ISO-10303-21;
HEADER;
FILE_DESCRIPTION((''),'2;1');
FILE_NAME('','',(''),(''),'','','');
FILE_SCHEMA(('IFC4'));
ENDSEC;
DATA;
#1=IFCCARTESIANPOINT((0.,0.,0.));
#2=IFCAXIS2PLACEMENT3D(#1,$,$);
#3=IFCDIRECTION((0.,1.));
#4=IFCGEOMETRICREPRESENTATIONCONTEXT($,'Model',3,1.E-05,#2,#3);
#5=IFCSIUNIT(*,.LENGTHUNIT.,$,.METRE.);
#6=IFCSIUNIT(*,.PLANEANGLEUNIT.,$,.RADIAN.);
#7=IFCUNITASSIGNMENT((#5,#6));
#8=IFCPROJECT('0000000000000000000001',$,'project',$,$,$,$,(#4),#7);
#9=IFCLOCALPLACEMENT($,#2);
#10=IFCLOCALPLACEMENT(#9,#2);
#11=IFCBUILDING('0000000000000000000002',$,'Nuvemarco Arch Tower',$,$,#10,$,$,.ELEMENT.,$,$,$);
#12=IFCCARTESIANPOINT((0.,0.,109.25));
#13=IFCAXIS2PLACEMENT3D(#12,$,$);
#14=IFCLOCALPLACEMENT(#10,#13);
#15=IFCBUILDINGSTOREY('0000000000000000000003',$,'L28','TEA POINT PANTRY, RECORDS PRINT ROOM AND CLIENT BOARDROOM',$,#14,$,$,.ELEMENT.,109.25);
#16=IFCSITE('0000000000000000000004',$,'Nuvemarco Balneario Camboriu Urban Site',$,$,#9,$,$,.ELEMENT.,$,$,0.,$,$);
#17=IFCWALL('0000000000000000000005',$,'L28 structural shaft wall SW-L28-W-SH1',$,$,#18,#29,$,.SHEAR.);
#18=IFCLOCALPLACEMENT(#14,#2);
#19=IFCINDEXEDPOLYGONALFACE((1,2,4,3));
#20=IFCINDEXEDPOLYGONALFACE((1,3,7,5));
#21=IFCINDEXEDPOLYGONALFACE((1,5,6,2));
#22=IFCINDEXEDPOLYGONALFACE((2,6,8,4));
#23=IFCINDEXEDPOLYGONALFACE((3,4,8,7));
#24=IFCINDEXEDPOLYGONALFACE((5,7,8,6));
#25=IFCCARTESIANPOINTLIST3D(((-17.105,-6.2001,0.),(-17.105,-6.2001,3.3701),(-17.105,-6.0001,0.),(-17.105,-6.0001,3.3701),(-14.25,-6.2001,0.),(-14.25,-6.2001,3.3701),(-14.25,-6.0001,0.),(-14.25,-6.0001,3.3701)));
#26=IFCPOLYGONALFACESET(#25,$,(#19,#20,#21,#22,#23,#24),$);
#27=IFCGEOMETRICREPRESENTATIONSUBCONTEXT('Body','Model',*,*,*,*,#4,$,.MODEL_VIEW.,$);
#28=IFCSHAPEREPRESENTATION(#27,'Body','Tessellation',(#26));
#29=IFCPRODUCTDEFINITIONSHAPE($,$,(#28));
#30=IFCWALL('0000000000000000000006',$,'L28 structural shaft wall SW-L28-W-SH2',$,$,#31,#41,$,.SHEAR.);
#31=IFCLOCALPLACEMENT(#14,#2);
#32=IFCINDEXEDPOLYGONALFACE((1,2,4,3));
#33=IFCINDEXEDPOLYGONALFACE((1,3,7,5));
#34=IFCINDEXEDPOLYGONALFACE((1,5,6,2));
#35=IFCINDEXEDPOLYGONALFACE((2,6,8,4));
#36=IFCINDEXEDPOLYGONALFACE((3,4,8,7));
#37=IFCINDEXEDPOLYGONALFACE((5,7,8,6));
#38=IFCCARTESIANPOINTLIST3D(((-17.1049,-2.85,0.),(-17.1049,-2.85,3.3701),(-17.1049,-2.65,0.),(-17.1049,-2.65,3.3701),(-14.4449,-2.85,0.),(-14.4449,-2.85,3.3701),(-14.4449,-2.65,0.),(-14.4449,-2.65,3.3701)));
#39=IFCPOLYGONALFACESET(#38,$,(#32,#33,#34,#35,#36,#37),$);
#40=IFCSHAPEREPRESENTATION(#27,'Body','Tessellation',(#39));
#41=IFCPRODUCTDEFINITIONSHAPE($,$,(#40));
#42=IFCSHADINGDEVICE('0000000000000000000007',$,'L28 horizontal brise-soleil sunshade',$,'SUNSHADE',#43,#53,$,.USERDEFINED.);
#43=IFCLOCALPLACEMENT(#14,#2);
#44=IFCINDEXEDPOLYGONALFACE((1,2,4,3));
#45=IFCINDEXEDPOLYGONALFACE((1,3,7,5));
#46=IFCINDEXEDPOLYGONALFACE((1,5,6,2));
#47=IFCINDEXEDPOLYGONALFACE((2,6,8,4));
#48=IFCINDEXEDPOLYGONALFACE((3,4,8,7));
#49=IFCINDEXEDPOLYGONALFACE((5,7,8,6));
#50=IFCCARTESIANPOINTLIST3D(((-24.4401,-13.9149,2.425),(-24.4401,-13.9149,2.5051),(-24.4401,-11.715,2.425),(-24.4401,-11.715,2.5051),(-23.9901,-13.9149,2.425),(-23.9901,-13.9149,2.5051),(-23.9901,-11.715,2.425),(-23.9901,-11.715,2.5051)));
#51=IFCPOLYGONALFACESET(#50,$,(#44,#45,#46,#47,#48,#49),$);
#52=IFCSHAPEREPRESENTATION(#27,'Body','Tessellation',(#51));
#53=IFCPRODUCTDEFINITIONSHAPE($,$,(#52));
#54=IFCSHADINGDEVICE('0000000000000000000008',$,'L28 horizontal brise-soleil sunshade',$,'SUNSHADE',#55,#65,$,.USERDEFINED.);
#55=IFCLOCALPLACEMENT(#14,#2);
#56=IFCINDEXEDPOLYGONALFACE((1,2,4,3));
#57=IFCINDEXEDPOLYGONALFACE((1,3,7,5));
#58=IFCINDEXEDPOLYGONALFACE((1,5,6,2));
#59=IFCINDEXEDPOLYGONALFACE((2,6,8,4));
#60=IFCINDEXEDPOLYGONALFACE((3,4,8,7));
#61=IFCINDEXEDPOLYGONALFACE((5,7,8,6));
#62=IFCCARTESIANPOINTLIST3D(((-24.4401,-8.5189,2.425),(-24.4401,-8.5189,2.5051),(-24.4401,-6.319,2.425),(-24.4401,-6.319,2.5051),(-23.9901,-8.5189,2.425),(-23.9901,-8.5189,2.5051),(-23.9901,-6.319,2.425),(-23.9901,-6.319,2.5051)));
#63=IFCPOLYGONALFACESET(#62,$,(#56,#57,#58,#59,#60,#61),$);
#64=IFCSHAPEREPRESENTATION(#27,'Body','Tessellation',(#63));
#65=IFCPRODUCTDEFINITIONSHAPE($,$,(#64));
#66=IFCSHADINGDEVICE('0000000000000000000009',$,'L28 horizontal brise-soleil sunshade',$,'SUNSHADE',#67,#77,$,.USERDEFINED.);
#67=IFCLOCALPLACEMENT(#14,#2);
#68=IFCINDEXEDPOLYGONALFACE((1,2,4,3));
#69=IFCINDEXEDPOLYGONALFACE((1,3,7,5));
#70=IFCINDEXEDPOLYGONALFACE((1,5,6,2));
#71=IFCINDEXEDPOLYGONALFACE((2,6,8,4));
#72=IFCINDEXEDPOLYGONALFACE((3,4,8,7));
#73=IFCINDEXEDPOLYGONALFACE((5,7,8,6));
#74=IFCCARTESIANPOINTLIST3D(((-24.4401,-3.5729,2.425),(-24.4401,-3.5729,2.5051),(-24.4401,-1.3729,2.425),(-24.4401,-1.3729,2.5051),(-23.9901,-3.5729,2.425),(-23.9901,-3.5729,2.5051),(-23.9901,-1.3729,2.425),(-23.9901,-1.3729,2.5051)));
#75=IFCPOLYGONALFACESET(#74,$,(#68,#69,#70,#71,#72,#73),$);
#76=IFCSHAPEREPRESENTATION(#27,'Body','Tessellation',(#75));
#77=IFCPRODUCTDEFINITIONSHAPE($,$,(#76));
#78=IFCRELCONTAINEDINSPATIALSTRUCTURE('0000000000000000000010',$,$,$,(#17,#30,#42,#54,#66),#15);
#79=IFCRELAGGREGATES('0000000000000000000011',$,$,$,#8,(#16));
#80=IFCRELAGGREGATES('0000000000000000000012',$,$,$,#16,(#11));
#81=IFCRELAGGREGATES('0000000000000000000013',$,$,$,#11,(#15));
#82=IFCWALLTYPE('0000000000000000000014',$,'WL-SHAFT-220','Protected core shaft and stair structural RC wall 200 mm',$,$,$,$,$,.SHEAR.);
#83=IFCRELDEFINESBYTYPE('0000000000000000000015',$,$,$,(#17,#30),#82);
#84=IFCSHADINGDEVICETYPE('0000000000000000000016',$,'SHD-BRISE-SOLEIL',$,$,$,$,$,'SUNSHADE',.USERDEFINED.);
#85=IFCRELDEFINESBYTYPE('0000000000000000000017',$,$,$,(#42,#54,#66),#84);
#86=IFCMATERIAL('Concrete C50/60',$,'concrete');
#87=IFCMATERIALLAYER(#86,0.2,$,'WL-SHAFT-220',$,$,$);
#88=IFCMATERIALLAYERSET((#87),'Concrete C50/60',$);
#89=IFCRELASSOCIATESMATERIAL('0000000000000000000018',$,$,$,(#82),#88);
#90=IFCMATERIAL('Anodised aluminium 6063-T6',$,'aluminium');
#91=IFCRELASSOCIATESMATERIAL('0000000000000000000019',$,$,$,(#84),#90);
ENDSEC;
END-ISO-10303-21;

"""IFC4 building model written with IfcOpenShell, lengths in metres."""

from ifc_helpers import new_model, si_unit, direction, frame, frame_2d, origin, origin_2d, place, context, subcontext, project, spatial, rectangle, extrude, source, transform, mapped, material, layer, layer_set, type_object, type_shapes, element, save


model = new_model("IFC4")

# Units and contexts
model_context = context("Model", 3, precision=1e-05, world=origin(), true_north=direction((0.0, 1.0)))
body_context = subcontext(model_context, "Body", "Model", "MODEL_VIEW")
ifc_project = project(units=[si_unit("LENGTHUNIT", "METRE"), si_unit("PLANEANGLEUNIT", "RADIAN")], contexts=[model_context])

# Site, building, storey
site_placement = place(None, origin())
site = spatial("IfcSite", under=ifc_project, at=site_placement, Name="Nuvemarco Balneario Camboriu Urban Site", CompositionType="ELEMENT", RefElevation=0.0)
building_placement = place(site_placement, origin())
building = spatial("IfcBuilding", under=site, at=building_placement, Name="Nuvemarco Arch Tower", CompositionType="ELEMENT")
storey_placement = place(building_placement, frame((0.0, 0.0, 109.25)))
storey = spatial("IfcBuildingStorey", under=building, at=storey_placement, Name="L28", Description="TEA POINT PANTRY, RECORDS PRINT ROOM AND CLIENT BOARDROOM", CompositionType="ELEMENT", Elevation=109.25)

# Shared definitions
ifc_material_1 = material(Name="Concrete C50/60", Category="concrete")
ifc_layer_1 = layer(ifc_material_1, 0.2, Name="WL-SHAFT-220")
ifc_layer_set_1 = layer_set([ifc_layer_1], Name="Concrete C50/60")
wall_type_1 = type_object("IfcWallType", Name="WL-SHAFT-220", Description="Protected core shaft and stair structural RC wall 200 mm", PredefinedType="SHEAR", material=ifc_layer_set_1)

# Walls
wall_1_placement = place(storey_placement, frame((-17.105, -6.1001, 0.0), z_axis=(0.0, 0.0, 1.0), x_axis=(1.0, 0.0, 0.0)))
element("IfcWall", 1, at=wall_1_placement, inside=storey, type_object=wall_type_1, Name="L28 structural shaft wall SW-L28-W-SH1", PredefinedType="SHEAR", context=body_context, shape_type="SweptSolid", body=[
    extrude(rectangle(XDim=2.855, YDim=0.2, at=frame_2d((1.4275, 0.0))), origin(), (0.0, 0.0, 1.0), 3.3701),
])
wall_2_placement = place(storey_placement, frame((-17.105, -2.75, 0.0), z_axis=(0.0, 0.0, 1.0), x_axis=(1.0, 0.0, 0.0)))
element("IfcWall", 2, at=wall_2_placement, inside=storey, type_object=wall_type_1, Name="L28 structural shaft wall SW-L28-W-SH2", PredefinedType="SHEAR", context=body_context, shape_type="SweptSolid", body=[
    extrude(rectangle(XDim=2.6599, YDim=0.2, at=frame_2d((1.3301, 0.0))), origin(), (0.0, 0.0, 1.0), 3.3701),
])

# Shading devices
ifc_material_2 = material(Name="Anodised aluminium 6063-T6", Category="aluminium")
shading_device_type = type_object("IfcShadingDeviceType", Name="SHD-BRISE-SOLEIL", ElementType="SUNSHADE", PredefinedType="USERDEFINED", material=ifc_material_2)
shared_shape_1 = source(origin(), body_context, "Body", "SweptSolid", [
    extrude(rectangle(XDim=2.2, YDim=0.45, at=origin_2d()), origin(), (0.0, 0.0, 1.0), 0.0801),
])
type_shapes(shading_device_type, [shared_shape_1])
for number, where, z_axis, x_axis, name in (
    (3, (-24.2151, -12.8149, 2.425), (0.0, 0.0, 1.0), (0.0, 1.0, 0.0), "L28 horizontal brise-soleil sunshade"),
    (4, (-24.2151, -7.4189, 2.425), (0.0, 0.0, 1.0), (0.0, 1.0, 0.0), "L28 horizontal brise-soleil sunshade"),
    (5, (-24.2151, -2.4729, 2.425), (0.0, 0.0, 1.0), (0.0, 1.0, 0.0), "L28 horizontal brise-soleil sunshade"),
):
    element("IfcShadingDevice", number, at=place(storey_placement, frame(where, z_axis=z_axis, x_axis=x_axis)), inside=storey, type_object=shading_device_type, Name=name, ObjectType="SUNSHADE", PredefinedType="USERDEFINED", context=body_context, shape_type="MappedRepresentation", body=[
        mapped(shared_shape_1, transform((0.0, 0.0, 0.0), scale=1.0)),
    ])

save(model, "model.ifc")
